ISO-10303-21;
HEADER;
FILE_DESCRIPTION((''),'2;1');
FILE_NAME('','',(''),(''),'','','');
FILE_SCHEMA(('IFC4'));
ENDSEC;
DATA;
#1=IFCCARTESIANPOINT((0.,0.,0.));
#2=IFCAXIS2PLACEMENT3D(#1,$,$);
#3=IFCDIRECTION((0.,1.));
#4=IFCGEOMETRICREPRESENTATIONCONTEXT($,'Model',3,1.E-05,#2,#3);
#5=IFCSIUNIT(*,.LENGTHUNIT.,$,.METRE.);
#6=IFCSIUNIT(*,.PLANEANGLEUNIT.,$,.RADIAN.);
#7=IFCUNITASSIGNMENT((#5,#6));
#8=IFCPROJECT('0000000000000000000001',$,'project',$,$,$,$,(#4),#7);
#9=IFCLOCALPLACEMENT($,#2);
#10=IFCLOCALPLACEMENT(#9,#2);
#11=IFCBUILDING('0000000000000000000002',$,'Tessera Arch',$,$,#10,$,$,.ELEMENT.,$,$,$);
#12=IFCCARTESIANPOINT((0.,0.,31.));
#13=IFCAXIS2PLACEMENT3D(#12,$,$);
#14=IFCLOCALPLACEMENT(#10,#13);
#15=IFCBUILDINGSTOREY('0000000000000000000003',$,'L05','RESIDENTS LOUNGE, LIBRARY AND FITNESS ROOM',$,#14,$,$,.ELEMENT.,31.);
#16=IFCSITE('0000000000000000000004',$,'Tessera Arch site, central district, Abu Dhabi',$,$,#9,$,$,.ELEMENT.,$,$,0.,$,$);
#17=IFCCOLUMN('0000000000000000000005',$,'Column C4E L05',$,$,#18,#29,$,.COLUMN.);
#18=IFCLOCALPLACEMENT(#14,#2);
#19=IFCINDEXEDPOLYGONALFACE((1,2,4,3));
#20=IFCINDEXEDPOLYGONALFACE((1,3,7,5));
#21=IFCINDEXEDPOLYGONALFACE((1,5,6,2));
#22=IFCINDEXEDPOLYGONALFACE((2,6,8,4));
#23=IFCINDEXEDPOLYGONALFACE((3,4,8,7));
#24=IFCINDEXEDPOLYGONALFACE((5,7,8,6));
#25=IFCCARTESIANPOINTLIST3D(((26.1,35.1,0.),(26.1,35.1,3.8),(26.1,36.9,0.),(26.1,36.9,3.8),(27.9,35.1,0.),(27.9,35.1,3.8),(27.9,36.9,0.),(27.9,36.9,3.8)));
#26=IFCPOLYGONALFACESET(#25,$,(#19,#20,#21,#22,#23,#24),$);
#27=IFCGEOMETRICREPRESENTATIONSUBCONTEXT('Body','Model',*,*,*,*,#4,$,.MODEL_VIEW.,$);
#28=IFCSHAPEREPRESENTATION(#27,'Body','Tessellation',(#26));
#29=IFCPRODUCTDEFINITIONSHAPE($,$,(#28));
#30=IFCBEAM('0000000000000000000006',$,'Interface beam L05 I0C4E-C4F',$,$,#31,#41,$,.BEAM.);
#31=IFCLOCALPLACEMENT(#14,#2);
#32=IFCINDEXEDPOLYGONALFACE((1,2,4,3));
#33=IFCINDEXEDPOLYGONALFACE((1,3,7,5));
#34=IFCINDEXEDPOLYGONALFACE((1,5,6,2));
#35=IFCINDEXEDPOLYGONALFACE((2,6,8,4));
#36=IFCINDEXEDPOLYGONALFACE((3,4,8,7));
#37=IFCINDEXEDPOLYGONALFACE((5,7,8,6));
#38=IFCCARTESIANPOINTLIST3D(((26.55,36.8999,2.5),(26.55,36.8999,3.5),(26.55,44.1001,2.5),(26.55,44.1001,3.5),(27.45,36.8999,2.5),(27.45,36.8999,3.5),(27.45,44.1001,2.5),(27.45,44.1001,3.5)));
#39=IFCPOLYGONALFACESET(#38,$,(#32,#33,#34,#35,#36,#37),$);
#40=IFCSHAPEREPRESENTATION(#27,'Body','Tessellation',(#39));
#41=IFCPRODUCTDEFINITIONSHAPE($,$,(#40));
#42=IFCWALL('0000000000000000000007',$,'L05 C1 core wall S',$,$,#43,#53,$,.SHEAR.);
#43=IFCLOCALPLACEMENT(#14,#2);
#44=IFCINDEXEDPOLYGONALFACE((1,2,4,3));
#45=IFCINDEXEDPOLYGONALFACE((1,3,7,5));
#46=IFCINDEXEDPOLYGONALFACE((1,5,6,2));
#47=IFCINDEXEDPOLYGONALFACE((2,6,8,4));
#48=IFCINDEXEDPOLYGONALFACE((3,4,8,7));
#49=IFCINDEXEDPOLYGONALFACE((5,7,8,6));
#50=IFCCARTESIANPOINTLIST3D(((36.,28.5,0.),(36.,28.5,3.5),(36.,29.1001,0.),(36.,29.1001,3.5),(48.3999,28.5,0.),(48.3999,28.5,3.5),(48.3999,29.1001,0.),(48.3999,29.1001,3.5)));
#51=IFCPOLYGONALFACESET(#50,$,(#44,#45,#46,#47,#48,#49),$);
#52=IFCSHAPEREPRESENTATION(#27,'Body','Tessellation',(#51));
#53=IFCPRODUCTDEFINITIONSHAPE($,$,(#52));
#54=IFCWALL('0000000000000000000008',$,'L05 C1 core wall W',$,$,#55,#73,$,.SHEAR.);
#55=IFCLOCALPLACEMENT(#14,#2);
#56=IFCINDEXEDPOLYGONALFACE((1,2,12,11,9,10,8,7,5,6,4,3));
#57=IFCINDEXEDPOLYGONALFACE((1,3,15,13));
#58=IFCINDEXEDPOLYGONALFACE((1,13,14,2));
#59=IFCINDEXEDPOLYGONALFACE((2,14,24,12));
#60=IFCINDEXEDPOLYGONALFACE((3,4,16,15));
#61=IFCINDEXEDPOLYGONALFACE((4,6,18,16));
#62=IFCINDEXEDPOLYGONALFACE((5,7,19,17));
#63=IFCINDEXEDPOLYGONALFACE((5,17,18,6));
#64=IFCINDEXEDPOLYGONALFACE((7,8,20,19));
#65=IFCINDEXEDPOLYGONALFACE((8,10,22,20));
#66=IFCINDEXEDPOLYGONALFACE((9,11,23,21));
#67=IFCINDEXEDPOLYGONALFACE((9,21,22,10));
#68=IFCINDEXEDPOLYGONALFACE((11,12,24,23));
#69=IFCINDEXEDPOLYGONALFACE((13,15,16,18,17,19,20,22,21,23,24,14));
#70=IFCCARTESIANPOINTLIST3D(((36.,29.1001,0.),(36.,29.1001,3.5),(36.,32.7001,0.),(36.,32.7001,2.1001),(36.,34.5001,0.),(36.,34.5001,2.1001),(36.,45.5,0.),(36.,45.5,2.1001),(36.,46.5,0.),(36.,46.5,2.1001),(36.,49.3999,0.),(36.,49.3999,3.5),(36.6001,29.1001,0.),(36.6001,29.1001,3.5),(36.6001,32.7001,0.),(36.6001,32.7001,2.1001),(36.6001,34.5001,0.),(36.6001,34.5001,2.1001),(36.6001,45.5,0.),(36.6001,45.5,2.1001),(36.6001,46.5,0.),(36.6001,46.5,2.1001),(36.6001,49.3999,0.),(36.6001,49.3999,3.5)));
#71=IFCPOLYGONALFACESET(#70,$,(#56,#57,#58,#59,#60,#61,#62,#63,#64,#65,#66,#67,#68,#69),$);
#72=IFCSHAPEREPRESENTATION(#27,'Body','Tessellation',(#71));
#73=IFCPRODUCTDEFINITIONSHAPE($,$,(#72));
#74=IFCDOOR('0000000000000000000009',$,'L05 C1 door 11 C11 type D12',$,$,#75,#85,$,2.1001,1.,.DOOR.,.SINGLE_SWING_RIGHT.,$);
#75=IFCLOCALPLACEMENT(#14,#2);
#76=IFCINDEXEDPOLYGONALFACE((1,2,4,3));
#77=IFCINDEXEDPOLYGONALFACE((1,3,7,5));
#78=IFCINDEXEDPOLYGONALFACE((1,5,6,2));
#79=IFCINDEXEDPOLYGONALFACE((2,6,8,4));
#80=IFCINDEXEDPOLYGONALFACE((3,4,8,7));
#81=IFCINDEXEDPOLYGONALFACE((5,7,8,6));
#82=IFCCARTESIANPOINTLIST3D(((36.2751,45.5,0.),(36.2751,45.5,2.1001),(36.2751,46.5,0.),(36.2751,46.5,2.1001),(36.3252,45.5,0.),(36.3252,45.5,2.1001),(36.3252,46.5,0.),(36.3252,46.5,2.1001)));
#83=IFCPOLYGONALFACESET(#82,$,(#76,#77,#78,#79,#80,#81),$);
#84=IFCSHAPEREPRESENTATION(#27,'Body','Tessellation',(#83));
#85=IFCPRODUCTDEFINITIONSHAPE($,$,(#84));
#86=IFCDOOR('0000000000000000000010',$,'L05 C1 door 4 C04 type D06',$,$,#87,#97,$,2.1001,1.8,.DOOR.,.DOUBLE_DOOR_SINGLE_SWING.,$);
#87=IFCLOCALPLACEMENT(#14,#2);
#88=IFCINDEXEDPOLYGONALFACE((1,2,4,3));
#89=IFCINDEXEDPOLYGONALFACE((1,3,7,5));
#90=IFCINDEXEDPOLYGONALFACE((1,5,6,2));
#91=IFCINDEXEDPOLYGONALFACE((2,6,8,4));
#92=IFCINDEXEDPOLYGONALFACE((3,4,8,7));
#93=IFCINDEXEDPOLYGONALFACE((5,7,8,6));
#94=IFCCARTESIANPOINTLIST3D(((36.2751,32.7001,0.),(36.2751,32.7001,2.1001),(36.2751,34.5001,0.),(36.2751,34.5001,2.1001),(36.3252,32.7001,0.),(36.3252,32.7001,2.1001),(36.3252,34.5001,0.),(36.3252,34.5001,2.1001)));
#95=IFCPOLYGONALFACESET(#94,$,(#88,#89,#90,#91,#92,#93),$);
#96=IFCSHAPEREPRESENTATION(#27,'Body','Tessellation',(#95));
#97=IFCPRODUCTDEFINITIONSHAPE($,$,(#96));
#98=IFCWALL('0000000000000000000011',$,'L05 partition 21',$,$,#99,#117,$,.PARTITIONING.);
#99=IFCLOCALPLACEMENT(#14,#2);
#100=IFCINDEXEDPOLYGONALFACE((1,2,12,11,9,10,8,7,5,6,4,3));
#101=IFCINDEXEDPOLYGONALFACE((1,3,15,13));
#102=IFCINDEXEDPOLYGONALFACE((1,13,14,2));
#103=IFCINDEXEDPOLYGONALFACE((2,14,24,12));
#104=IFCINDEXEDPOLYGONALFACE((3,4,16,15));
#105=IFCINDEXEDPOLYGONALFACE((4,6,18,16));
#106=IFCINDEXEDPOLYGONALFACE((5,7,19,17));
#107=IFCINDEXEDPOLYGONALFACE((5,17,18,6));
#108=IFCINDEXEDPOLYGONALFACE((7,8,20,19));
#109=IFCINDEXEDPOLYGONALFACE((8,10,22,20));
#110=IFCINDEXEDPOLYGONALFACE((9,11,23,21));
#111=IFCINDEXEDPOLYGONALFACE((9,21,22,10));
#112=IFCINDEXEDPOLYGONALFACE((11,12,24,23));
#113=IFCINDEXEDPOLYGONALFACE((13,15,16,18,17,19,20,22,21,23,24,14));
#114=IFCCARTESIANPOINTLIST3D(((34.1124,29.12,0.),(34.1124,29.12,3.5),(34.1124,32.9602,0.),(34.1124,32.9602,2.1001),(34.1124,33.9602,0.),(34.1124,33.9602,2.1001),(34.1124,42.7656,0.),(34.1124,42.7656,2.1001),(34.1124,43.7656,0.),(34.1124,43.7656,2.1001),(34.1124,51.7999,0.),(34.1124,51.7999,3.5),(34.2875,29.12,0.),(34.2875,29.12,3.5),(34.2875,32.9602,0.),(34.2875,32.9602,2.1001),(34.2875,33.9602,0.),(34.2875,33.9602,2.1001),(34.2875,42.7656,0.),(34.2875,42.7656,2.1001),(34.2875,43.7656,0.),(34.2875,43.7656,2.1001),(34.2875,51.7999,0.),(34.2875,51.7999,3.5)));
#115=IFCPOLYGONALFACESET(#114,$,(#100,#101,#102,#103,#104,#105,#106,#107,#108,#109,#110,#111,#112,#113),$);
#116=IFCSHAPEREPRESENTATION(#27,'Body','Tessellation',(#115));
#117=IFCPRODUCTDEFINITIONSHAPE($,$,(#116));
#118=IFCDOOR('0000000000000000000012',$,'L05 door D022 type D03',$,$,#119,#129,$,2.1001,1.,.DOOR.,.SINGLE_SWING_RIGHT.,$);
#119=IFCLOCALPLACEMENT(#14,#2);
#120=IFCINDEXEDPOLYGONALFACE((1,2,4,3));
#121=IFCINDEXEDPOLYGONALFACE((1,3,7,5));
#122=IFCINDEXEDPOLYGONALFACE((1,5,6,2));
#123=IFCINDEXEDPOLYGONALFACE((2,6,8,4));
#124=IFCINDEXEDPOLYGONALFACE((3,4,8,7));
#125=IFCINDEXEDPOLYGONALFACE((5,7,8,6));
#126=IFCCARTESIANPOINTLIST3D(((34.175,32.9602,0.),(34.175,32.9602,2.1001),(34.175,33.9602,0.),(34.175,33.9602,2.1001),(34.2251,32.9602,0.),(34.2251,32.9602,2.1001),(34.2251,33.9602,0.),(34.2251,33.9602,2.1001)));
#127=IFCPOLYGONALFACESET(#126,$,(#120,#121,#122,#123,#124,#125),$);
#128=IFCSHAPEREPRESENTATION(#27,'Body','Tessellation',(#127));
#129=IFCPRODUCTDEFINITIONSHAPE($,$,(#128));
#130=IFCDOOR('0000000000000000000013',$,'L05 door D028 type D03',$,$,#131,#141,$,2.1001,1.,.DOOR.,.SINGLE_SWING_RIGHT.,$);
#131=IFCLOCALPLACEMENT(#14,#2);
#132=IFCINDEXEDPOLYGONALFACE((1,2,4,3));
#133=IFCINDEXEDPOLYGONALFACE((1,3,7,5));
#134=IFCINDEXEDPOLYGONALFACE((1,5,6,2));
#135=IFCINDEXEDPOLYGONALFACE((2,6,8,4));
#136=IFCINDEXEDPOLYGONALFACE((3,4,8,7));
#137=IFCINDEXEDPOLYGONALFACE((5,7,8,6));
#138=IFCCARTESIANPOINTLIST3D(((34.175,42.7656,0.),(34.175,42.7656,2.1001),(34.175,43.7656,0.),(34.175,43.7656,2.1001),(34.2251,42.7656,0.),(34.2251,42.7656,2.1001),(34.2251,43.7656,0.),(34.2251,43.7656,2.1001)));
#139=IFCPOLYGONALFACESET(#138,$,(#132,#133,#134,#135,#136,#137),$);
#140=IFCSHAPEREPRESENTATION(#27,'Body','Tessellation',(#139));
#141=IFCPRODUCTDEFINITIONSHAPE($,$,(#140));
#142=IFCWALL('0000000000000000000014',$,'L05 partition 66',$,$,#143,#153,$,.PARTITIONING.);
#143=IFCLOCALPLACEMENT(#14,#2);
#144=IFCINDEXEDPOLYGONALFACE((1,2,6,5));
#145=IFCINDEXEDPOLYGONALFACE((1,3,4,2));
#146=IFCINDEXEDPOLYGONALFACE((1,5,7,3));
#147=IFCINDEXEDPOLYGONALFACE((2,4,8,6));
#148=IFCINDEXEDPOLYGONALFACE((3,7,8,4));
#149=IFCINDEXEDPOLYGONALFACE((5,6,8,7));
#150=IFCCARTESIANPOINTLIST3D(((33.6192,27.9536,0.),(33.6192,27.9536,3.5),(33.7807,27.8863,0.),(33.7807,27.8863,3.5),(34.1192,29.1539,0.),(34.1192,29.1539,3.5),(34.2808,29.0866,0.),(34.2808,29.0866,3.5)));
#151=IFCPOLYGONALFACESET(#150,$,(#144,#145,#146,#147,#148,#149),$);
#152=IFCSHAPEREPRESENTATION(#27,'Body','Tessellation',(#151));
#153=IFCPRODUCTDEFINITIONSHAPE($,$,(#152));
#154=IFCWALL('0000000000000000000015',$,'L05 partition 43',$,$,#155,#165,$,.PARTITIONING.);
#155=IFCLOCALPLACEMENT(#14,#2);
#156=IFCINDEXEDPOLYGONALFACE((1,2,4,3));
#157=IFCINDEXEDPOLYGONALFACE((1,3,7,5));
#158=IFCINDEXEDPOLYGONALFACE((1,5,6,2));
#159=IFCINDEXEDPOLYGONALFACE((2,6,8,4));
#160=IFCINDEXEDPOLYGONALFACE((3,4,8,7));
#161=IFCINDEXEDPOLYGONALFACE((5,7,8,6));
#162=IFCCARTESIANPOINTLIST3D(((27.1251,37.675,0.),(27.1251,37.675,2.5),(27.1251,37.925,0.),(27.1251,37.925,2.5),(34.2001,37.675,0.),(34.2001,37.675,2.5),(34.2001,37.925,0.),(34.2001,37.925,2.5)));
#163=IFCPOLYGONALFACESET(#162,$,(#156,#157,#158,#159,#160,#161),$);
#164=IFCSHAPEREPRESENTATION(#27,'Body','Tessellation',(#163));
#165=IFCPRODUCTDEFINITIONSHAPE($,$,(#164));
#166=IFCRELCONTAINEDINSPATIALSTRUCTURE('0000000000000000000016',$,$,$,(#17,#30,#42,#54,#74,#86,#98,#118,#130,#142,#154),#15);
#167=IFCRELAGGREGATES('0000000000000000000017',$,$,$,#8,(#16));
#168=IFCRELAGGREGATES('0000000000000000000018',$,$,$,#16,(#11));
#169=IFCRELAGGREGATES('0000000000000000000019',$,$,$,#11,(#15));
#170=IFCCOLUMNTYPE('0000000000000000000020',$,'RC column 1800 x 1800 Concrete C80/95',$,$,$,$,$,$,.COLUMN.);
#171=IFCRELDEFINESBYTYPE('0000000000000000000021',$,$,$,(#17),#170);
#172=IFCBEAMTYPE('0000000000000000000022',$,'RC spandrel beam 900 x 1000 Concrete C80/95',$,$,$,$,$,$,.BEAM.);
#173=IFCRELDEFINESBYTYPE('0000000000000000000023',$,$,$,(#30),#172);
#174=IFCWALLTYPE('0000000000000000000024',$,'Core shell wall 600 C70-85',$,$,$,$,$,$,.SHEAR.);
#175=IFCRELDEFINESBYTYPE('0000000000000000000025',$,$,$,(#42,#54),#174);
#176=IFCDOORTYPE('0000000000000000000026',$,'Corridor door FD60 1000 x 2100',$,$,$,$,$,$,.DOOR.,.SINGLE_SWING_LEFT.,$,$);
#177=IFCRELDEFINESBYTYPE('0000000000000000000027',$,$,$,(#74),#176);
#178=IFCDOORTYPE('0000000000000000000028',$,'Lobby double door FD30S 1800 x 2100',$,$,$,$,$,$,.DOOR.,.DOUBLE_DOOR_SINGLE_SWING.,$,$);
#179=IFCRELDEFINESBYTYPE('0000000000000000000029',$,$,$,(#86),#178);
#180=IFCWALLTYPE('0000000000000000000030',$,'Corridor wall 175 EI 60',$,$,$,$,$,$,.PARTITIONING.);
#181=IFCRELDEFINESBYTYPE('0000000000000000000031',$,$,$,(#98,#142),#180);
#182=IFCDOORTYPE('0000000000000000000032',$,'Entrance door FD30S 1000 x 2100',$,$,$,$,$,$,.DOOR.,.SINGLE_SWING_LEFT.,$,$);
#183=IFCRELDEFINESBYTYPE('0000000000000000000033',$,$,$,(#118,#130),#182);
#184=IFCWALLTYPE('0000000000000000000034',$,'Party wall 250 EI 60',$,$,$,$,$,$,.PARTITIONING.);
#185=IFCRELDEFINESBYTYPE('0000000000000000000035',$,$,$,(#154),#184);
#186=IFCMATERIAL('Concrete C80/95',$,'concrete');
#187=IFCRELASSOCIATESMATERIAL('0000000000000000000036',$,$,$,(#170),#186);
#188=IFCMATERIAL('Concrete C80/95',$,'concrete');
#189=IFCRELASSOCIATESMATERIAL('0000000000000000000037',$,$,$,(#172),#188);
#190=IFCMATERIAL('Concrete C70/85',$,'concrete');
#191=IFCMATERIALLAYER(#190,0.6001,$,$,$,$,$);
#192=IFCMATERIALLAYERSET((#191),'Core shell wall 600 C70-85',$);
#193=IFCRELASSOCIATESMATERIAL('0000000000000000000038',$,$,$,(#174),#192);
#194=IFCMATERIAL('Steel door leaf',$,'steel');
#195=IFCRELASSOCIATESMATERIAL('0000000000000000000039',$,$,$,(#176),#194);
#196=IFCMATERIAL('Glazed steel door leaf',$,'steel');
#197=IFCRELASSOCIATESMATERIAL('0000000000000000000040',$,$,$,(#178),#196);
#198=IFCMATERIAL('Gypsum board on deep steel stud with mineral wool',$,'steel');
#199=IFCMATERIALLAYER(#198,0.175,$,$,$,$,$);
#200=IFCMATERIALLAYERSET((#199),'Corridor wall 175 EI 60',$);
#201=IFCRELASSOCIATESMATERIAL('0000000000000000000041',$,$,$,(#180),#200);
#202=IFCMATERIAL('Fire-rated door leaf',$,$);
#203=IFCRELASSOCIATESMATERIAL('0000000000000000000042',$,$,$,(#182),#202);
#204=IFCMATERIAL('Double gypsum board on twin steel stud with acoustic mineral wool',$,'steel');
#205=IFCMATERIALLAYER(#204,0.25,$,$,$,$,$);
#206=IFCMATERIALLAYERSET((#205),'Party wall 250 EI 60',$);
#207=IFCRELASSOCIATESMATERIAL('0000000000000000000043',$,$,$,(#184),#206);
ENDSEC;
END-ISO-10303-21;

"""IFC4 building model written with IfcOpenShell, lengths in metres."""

from ifc_helpers import new_model, si_unit, direction, frame, frame_2d, origin, origin_2d, place, context, subcontext, project, spatial, rectangle, extrude, material, layer, layer_set, material_profile, profile_set, type_object, element, fill, save


model = new_model("IFC4")

# Units and contexts
model_context = context("Model", 3, precision=1e-05, world=origin(), true_north=direction((0.0, 1.0)))
body_context = subcontext(model_context, "Body", "Model", "MODEL_VIEW")
ifc_project = project(units=[si_unit("LENGTHUNIT", "METRE"), si_unit("PLANEANGLEUNIT", "RADIAN")], contexts=[model_context])

# Site, building, storey
site_placement = place(None, origin())
site = spatial("IfcSite", under=ifc_project, at=site_placement, Name="Tessera Arch site, central district, Abu Dhabi", CompositionType="ELEMENT", RefElevation=0.0)
building_placement = place(site_placement, origin())
building = spatial("IfcBuilding", under=site, at=building_placement, Name="Tessera Arch", CompositionType="ELEMENT")
storey_placement = place(building_placement, frame((0.0, 0.0, 31.0)))
storey = spatial("IfcBuildingStorey", under=building, at=storey_placement, Name="L05", Description="RESIDENTS LOUNGE, LIBRARY AND FITNESS ROOM", CompositionType="ELEMENT", Elevation=31.0)

# Column
ifc_material_1 = material(Name="Concrete C80/95", Category="concrete")
ifc_material_profile_1 = material_profile(ifc_material_1, rectangle(XDim=1.8, YDim=1.8, at=origin_2d()), Name="RC column 1800 x 1800 Concrete C80/95")
ifc_profile_set_1 = profile_set([ifc_material_profile_1], Name="Concrete C80/95")
column_type = type_object("IfcColumnType", Name="RC column 1800 x 1800 Concrete C80/95", PredefinedType="COLUMN", material=ifc_profile_set_1)
column_placement = place(storey_placement, frame((27.0, 36.0, 0.0), z_axis=(0.0, 0.0, 1.0), x_axis=(1.0, 0.0, 0.0)))
element("IfcColumn", 1, at=column_placement, inside=storey, type_object=column_type, Name="Column C4E L05", PredefinedType="COLUMN", context=body_context, shape_type="SweptSolid", body=[
    extrude(rectangle(XDim=1.8, YDim=1.8, at=origin_2d()), origin(), (0.0, 0.0, 1.0), 3.8),
])

# Beam
ifc_material_2 = material(Name="Concrete C80/95", Category="concrete")
ifc_material_profile_2 = material_profile(ifc_material_2, rectangle(XDim=0.8999, YDim=1.0, at=origin_2d()), Name="RC spandrel beam 900 x 1000 Concrete C80/95")
ifc_profile_set_2 = profile_set([ifc_material_profile_2], Name="Concrete C80/95")
beam_type = type_object("IfcBeamType", Name="RC spandrel beam 900 x 1000 Concrete C80/95", PredefinedType="BEAM", material=ifc_profile_set_2)
beam_placement = place(storey_placement, frame((27.0, 36.8999, 3.0), z_axis=(0.0, 1.0, 0.0), x_axis=(-1.0, 0.0, 0.0)))
element("IfcBeam", 2, at=beam_placement, inside=storey, type_object=beam_type, Name="Interface beam L05 I0C4E-C4F", PredefinedType="BEAM", context=body_context, shape_type="SweptSolid", body=[
    extrude(rectangle(XDim=0.8999, YDim=1.0, at=origin_2d()), origin(), (0.0, 0.0, 1.0), 7.2002),
])

# Wall
ifc_material_3 = material(Name="Concrete C70/85", Category="concrete")
ifc_layer_1 = layer(ifc_material_3, 0.6001)
ifc_layer_set_1 = layer_set([ifc_layer_1], Name="Core shell wall 600 C70-85")
wall_type_1 = type_object("IfcWallType", Name="Core shell wall 600 C70-85", PredefinedType="SHEAR", material=ifc_layer_set_1)
wall_1_placement = place(storey_placement, frame((36.0, 28.8, 0.0), z_axis=(0.0, 0.0, 1.0), x_axis=(1.0, 0.0, 0.0)))
element("IfcWall", 3, at=wall_1_placement, inside=storey, type_object=wall_type_1, Name="L05 C1 core wall S", PredefinedType="SHEAR", context=body_context, shape_type="SweptSolid", body=[
    extrude(rectangle(XDim=12.3999, YDim=0.6001, at=frame_2d((6.2, 0.0))), origin(), (0.0, 0.0, 1.0), 3.5),
])

# Walls, openings, doors
wall_2_placement = place(storey_placement, frame((36.3, 29.1001, 0.0), z_axis=(0.0, 0.0, 1.0), x_axis=(0.0, 1.0, 0.0)))
wall_2 = element("IfcWall", 4, at=wall_2_placement, inside=storey, type_object=wall_type_1, Name="L05 C1 core wall W", PredefinedType="SHEAR", context=body_context, shape_type="SweptSolid", body=[
    extrude(rectangle(XDim=20.2998, YDim=0.6001, at=frame_2d((10.1499, 0.0))), origin(), (0.0, 0.0, 1.0), 3.5),
])
opening_1_placement = place(wall_2_placement, frame((3.6001, 0.0, 0.0)))
opening_1 = element("IfcOpeningElement", 5, at=opening_1_placement, cuts=wall_2, PredefinedType="OPENING", context=body_context, shape_type="SweptSolid", body=[
    extrude(rectangle(XDim=1.8, YDim=2.1001, at=frame_2d((0.8999, 1.05))), frame((0.0, 0.3101, 0.0), z_axis=(0.0, -1.0, 0.0), x_axis=(1.0, 0.0, 0.0)), (0.0, 0.0, 1.0), 0.6201),
])
opening_2_placement = place(wall_2_placement, frame((16.3999, 0.0, 0.0)))
opening_2 = element("IfcOpeningElement", 6, at=opening_2_placement, cuts=wall_2, PredefinedType="OPENING", context=body_context, shape_type="SweptSolid", body=[
    extrude(rectangle(XDim=1.0, YDim=2.1001, at=frame_2d((0.5, 1.05))), frame((0.0, 0.3101, 0.0), z_axis=(0.0, -1.0, 0.0), x_axis=(1.0, 0.0, 0.0)), (0.0, 0.0, 1.0), 0.6201),
])
ifc_material_4 = material(Name="Steel door leaf", Category="steel")
door_type_1 = type_object("IfcDoorType", Name="Corridor door FD60 1000 x 2100", OperationType="SINGLE_SWING_LEFT", PredefinedType="DOOR", material=ifc_material_4)
door_1_placement = place(opening_2_placement, origin())
door_1 = element("IfcDoor", 7, at=door_1_placement, inside=storey, type_object=door_type_1, Name="L05 C1 door 11 C11 type D12", OperationType="SINGLE_SWING_RIGHT", OverallHeight=2.1001, OverallWidth=1.0, PredefinedType="DOOR", context=body_context, shape_type="SweptSolid", body=[
    extrude(rectangle(XDim=1.0, YDim=2.1001, at=frame_2d((0.5, 1.05))), frame((0.0, 0.0249, 0.0), z_axis=(0.0, -1.0, 0.0), x_axis=(1.0, 0.0, 0.0)), (0.0, 0.0, 1.0), 0.05),
])
fill(opening_2, door_1)
ifc_material_5 = material(Name="Glazed steel door leaf", Category="steel")
door_type_2 = type_object("IfcDoorType", Name="Lobby double door FD30S 1800 x 2100", OperationType="DOUBLE_DOOR_SINGLE_SWING", PredefinedType="DOOR", material=ifc_material_5)
door_2_placement = place(opening_1_placement, origin())
door_2 = element("IfcDoor", 8, at=door_2_placement, inside=storey, type_object=door_type_2, Name="L05 C1 door 4 C04 type D06", OperationType="DOUBLE_DOOR_SINGLE_SWING", OverallHeight=2.1001, OverallWidth=1.8, PredefinedType="DOOR", context=body_context, shape_type="SweptSolid", body=[
    extrude(rectangle(XDim=1.8, YDim=2.1001, at=frame_2d((0.8999, 1.05))), frame((0.0, 0.0249, 0.0), z_axis=(0.0, -1.0, 0.0), x_axis=(1.0, 0.0, 0.0)), (0.0, 0.0, 1.0), 0.05),
])
fill(opening_1, door_2)
ifc_material_6 = material(Name="Gypsum board on deep steel stud with mineral wool", Category="steel")
ifc_layer_2 = layer(ifc_material_6, 0.175)
ifc_layer_set_2 = layer_set([ifc_layer_2], Name="Corridor wall 175 EI 60")
wall_type_2 = type_object("IfcWallType", Name="Corridor wall 175 EI 60", PredefinedType="PARTITIONING", material=ifc_layer_set_2)
wall_3_placement = place(storey_placement, frame((34.2, 29.1201, 0.0), z_axis=(0.0, 0.0, 1.0), x_axis=(0.0, 1.0, 0.0)))
wall_3 = element("IfcWall", 9, at=wall_3_placement, inside=storey, type_object=wall_type_2, Name="L05 partition 21", PredefinedType="PARTITIONING", context=body_context, shape_type="SweptSolid", body=[
    extrude(rectangle(XDim=22.6799, YDim=0.175, at=frame_2d((11.3398, 0.0))), origin(), (0.0, 0.0, 1.0), 3.5),
])
opening_3_placement = place(wall_3_placement, frame((3.8401, 0.0, 0.0)))
opening_3 = element("IfcOpeningElement", 10, at=opening_3_placement, cuts=wall_3, PredefinedType="OPENING", context=body_context, shape_type="SweptSolid", body=[
    extrude(rectangle(XDim=1.0, YDim=2.1001, at=frame_2d((0.5, 1.05))), frame((0.0, 0.0974, 0.0), z_axis=(0.0, -1.0, 0.0), x_axis=(1.0, 0.0, 0.0)), (0.0, 0.0, 1.0), 0.1951),
])
opening_4_placement = place(wall_3_placement, frame((13.6455, 0.0, 0.0)))
opening_4 = element("IfcOpeningElement", 11, at=opening_4_placement, cuts=wall_3, PredefinedType="OPENING", context=body_context, shape_type="SweptSolid", body=[
    extrude(rectangle(XDim=1.0, YDim=2.1001, at=frame_2d((0.5, 1.05))), frame((0.0, 0.0974, 0.0), z_axis=(0.0, -1.0, 0.0), x_axis=(1.0, 0.0, 0.0)), (0.0, 0.0, 1.0), 0.1951),
])
ifc_material_7 = material(Name="Fire-rated door leaf")
door_type_3 = type_object("IfcDoorType", Name="Entrance door FD30S 1000 x 2100", OperationType="SINGLE_SWING_LEFT", PredefinedType="DOOR", material=ifc_material_7)
door_3_placement = place(opening_3_placement, origin())
door_3 = element("IfcDoor", 12, at=door_3_placement, inside=storey, type_object=door_type_3, Name="L05 door D022 type D03", OperationType="SINGLE_SWING_RIGHT", OverallHeight=2.1001, OverallWidth=1.0, PredefinedType="DOOR", context=body_context, shape_type="SweptSolid", body=[
    extrude(rectangle(XDim=1.0, YDim=2.1001, at=frame_2d((0.5, 1.05))), frame((0.0, 0.0249, 0.0), z_axis=(0.0, -1.0, 0.0), x_axis=(1.0, 0.0, 0.0)), (0.0, 0.0, 1.0), 0.05),
])
fill(opening_3, door_3)
door_4_placement = place(opening_4_placement, origin())
door_4 = element("IfcDoor", 13, at=door_4_placement, inside=storey, type_object=door_type_3, Name="L05 door D028 type D03", OperationType="SINGLE_SWING_RIGHT", OverallHeight=2.1001, OverallWidth=1.0, PredefinedType="DOOR", context=body_context, shape_type="SweptSolid", body=[
    extrude(rectangle(XDim=1.0, YDim=2.1001, at=frame_2d((0.5, 1.05))), frame((0.0, 0.0249, 0.0), z_axis=(0.0, -1.0, 0.0), x_axis=(1.0, 0.0, 0.0)), (0.0, 0.0, 1.0), 0.05),
])
fill(opening_4, door_4)

# Walls
wall_4_placement = place(storey_placement, frame((33.7, 27.9199, 0.0), z_axis=(0.0, 0.0, 1.0), x_axis=(0.384562, 0.923099, 0.0)))
element("IfcWall", 14, at=wall_4_placement, inside=storey, type_object=wall_type_2, Name="L05 partition 66", PredefinedType="PARTITIONING", context=body_context, shape_type="SweptSolid", body=[
    extrude(rectangle(XDim=1.3003, YDim=0.175, at=frame_2d((0.6501, 0.0))), origin(), (0.0, 0.0, 1.0), 3.5),
])
ifc_material_8 = material(Name="Double gypsum board on twin steel stud with acoustic mineral wool", Category="steel")
ifc_layer_3 = layer(ifc_material_8, 0.25)
ifc_layer_set_3 = layer_set([ifc_layer_3], Name="Party wall 250 EI 60")
wall_type_3 = type_object("IfcWallType", Name="Party wall 250 EI 60", PredefinedType="PARTITIONING", material=ifc_layer_set_3)
wall_5_placement = place(storey_placement, frame((27.125, 37.8, 0.0), z_axis=(0.0, 0.0, 1.0), x_axis=(1.0, 0.0, 0.0)))
element("IfcWall", 15, at=wall_5_placement, inside=storey, type_object=wall_type_3, Name="L05 partition 43", PredefinedType="PARTITIONING", context=body_context, shape_type="SweptSolid", body=[
    extrude(rectangle(XDim=7.075, YDim=0.25, at=frame_2d((3.5376, 0.0))), origin(), (0.0, 0.0, 1.0), 2.5),
])

save(model, "model.ifc")
